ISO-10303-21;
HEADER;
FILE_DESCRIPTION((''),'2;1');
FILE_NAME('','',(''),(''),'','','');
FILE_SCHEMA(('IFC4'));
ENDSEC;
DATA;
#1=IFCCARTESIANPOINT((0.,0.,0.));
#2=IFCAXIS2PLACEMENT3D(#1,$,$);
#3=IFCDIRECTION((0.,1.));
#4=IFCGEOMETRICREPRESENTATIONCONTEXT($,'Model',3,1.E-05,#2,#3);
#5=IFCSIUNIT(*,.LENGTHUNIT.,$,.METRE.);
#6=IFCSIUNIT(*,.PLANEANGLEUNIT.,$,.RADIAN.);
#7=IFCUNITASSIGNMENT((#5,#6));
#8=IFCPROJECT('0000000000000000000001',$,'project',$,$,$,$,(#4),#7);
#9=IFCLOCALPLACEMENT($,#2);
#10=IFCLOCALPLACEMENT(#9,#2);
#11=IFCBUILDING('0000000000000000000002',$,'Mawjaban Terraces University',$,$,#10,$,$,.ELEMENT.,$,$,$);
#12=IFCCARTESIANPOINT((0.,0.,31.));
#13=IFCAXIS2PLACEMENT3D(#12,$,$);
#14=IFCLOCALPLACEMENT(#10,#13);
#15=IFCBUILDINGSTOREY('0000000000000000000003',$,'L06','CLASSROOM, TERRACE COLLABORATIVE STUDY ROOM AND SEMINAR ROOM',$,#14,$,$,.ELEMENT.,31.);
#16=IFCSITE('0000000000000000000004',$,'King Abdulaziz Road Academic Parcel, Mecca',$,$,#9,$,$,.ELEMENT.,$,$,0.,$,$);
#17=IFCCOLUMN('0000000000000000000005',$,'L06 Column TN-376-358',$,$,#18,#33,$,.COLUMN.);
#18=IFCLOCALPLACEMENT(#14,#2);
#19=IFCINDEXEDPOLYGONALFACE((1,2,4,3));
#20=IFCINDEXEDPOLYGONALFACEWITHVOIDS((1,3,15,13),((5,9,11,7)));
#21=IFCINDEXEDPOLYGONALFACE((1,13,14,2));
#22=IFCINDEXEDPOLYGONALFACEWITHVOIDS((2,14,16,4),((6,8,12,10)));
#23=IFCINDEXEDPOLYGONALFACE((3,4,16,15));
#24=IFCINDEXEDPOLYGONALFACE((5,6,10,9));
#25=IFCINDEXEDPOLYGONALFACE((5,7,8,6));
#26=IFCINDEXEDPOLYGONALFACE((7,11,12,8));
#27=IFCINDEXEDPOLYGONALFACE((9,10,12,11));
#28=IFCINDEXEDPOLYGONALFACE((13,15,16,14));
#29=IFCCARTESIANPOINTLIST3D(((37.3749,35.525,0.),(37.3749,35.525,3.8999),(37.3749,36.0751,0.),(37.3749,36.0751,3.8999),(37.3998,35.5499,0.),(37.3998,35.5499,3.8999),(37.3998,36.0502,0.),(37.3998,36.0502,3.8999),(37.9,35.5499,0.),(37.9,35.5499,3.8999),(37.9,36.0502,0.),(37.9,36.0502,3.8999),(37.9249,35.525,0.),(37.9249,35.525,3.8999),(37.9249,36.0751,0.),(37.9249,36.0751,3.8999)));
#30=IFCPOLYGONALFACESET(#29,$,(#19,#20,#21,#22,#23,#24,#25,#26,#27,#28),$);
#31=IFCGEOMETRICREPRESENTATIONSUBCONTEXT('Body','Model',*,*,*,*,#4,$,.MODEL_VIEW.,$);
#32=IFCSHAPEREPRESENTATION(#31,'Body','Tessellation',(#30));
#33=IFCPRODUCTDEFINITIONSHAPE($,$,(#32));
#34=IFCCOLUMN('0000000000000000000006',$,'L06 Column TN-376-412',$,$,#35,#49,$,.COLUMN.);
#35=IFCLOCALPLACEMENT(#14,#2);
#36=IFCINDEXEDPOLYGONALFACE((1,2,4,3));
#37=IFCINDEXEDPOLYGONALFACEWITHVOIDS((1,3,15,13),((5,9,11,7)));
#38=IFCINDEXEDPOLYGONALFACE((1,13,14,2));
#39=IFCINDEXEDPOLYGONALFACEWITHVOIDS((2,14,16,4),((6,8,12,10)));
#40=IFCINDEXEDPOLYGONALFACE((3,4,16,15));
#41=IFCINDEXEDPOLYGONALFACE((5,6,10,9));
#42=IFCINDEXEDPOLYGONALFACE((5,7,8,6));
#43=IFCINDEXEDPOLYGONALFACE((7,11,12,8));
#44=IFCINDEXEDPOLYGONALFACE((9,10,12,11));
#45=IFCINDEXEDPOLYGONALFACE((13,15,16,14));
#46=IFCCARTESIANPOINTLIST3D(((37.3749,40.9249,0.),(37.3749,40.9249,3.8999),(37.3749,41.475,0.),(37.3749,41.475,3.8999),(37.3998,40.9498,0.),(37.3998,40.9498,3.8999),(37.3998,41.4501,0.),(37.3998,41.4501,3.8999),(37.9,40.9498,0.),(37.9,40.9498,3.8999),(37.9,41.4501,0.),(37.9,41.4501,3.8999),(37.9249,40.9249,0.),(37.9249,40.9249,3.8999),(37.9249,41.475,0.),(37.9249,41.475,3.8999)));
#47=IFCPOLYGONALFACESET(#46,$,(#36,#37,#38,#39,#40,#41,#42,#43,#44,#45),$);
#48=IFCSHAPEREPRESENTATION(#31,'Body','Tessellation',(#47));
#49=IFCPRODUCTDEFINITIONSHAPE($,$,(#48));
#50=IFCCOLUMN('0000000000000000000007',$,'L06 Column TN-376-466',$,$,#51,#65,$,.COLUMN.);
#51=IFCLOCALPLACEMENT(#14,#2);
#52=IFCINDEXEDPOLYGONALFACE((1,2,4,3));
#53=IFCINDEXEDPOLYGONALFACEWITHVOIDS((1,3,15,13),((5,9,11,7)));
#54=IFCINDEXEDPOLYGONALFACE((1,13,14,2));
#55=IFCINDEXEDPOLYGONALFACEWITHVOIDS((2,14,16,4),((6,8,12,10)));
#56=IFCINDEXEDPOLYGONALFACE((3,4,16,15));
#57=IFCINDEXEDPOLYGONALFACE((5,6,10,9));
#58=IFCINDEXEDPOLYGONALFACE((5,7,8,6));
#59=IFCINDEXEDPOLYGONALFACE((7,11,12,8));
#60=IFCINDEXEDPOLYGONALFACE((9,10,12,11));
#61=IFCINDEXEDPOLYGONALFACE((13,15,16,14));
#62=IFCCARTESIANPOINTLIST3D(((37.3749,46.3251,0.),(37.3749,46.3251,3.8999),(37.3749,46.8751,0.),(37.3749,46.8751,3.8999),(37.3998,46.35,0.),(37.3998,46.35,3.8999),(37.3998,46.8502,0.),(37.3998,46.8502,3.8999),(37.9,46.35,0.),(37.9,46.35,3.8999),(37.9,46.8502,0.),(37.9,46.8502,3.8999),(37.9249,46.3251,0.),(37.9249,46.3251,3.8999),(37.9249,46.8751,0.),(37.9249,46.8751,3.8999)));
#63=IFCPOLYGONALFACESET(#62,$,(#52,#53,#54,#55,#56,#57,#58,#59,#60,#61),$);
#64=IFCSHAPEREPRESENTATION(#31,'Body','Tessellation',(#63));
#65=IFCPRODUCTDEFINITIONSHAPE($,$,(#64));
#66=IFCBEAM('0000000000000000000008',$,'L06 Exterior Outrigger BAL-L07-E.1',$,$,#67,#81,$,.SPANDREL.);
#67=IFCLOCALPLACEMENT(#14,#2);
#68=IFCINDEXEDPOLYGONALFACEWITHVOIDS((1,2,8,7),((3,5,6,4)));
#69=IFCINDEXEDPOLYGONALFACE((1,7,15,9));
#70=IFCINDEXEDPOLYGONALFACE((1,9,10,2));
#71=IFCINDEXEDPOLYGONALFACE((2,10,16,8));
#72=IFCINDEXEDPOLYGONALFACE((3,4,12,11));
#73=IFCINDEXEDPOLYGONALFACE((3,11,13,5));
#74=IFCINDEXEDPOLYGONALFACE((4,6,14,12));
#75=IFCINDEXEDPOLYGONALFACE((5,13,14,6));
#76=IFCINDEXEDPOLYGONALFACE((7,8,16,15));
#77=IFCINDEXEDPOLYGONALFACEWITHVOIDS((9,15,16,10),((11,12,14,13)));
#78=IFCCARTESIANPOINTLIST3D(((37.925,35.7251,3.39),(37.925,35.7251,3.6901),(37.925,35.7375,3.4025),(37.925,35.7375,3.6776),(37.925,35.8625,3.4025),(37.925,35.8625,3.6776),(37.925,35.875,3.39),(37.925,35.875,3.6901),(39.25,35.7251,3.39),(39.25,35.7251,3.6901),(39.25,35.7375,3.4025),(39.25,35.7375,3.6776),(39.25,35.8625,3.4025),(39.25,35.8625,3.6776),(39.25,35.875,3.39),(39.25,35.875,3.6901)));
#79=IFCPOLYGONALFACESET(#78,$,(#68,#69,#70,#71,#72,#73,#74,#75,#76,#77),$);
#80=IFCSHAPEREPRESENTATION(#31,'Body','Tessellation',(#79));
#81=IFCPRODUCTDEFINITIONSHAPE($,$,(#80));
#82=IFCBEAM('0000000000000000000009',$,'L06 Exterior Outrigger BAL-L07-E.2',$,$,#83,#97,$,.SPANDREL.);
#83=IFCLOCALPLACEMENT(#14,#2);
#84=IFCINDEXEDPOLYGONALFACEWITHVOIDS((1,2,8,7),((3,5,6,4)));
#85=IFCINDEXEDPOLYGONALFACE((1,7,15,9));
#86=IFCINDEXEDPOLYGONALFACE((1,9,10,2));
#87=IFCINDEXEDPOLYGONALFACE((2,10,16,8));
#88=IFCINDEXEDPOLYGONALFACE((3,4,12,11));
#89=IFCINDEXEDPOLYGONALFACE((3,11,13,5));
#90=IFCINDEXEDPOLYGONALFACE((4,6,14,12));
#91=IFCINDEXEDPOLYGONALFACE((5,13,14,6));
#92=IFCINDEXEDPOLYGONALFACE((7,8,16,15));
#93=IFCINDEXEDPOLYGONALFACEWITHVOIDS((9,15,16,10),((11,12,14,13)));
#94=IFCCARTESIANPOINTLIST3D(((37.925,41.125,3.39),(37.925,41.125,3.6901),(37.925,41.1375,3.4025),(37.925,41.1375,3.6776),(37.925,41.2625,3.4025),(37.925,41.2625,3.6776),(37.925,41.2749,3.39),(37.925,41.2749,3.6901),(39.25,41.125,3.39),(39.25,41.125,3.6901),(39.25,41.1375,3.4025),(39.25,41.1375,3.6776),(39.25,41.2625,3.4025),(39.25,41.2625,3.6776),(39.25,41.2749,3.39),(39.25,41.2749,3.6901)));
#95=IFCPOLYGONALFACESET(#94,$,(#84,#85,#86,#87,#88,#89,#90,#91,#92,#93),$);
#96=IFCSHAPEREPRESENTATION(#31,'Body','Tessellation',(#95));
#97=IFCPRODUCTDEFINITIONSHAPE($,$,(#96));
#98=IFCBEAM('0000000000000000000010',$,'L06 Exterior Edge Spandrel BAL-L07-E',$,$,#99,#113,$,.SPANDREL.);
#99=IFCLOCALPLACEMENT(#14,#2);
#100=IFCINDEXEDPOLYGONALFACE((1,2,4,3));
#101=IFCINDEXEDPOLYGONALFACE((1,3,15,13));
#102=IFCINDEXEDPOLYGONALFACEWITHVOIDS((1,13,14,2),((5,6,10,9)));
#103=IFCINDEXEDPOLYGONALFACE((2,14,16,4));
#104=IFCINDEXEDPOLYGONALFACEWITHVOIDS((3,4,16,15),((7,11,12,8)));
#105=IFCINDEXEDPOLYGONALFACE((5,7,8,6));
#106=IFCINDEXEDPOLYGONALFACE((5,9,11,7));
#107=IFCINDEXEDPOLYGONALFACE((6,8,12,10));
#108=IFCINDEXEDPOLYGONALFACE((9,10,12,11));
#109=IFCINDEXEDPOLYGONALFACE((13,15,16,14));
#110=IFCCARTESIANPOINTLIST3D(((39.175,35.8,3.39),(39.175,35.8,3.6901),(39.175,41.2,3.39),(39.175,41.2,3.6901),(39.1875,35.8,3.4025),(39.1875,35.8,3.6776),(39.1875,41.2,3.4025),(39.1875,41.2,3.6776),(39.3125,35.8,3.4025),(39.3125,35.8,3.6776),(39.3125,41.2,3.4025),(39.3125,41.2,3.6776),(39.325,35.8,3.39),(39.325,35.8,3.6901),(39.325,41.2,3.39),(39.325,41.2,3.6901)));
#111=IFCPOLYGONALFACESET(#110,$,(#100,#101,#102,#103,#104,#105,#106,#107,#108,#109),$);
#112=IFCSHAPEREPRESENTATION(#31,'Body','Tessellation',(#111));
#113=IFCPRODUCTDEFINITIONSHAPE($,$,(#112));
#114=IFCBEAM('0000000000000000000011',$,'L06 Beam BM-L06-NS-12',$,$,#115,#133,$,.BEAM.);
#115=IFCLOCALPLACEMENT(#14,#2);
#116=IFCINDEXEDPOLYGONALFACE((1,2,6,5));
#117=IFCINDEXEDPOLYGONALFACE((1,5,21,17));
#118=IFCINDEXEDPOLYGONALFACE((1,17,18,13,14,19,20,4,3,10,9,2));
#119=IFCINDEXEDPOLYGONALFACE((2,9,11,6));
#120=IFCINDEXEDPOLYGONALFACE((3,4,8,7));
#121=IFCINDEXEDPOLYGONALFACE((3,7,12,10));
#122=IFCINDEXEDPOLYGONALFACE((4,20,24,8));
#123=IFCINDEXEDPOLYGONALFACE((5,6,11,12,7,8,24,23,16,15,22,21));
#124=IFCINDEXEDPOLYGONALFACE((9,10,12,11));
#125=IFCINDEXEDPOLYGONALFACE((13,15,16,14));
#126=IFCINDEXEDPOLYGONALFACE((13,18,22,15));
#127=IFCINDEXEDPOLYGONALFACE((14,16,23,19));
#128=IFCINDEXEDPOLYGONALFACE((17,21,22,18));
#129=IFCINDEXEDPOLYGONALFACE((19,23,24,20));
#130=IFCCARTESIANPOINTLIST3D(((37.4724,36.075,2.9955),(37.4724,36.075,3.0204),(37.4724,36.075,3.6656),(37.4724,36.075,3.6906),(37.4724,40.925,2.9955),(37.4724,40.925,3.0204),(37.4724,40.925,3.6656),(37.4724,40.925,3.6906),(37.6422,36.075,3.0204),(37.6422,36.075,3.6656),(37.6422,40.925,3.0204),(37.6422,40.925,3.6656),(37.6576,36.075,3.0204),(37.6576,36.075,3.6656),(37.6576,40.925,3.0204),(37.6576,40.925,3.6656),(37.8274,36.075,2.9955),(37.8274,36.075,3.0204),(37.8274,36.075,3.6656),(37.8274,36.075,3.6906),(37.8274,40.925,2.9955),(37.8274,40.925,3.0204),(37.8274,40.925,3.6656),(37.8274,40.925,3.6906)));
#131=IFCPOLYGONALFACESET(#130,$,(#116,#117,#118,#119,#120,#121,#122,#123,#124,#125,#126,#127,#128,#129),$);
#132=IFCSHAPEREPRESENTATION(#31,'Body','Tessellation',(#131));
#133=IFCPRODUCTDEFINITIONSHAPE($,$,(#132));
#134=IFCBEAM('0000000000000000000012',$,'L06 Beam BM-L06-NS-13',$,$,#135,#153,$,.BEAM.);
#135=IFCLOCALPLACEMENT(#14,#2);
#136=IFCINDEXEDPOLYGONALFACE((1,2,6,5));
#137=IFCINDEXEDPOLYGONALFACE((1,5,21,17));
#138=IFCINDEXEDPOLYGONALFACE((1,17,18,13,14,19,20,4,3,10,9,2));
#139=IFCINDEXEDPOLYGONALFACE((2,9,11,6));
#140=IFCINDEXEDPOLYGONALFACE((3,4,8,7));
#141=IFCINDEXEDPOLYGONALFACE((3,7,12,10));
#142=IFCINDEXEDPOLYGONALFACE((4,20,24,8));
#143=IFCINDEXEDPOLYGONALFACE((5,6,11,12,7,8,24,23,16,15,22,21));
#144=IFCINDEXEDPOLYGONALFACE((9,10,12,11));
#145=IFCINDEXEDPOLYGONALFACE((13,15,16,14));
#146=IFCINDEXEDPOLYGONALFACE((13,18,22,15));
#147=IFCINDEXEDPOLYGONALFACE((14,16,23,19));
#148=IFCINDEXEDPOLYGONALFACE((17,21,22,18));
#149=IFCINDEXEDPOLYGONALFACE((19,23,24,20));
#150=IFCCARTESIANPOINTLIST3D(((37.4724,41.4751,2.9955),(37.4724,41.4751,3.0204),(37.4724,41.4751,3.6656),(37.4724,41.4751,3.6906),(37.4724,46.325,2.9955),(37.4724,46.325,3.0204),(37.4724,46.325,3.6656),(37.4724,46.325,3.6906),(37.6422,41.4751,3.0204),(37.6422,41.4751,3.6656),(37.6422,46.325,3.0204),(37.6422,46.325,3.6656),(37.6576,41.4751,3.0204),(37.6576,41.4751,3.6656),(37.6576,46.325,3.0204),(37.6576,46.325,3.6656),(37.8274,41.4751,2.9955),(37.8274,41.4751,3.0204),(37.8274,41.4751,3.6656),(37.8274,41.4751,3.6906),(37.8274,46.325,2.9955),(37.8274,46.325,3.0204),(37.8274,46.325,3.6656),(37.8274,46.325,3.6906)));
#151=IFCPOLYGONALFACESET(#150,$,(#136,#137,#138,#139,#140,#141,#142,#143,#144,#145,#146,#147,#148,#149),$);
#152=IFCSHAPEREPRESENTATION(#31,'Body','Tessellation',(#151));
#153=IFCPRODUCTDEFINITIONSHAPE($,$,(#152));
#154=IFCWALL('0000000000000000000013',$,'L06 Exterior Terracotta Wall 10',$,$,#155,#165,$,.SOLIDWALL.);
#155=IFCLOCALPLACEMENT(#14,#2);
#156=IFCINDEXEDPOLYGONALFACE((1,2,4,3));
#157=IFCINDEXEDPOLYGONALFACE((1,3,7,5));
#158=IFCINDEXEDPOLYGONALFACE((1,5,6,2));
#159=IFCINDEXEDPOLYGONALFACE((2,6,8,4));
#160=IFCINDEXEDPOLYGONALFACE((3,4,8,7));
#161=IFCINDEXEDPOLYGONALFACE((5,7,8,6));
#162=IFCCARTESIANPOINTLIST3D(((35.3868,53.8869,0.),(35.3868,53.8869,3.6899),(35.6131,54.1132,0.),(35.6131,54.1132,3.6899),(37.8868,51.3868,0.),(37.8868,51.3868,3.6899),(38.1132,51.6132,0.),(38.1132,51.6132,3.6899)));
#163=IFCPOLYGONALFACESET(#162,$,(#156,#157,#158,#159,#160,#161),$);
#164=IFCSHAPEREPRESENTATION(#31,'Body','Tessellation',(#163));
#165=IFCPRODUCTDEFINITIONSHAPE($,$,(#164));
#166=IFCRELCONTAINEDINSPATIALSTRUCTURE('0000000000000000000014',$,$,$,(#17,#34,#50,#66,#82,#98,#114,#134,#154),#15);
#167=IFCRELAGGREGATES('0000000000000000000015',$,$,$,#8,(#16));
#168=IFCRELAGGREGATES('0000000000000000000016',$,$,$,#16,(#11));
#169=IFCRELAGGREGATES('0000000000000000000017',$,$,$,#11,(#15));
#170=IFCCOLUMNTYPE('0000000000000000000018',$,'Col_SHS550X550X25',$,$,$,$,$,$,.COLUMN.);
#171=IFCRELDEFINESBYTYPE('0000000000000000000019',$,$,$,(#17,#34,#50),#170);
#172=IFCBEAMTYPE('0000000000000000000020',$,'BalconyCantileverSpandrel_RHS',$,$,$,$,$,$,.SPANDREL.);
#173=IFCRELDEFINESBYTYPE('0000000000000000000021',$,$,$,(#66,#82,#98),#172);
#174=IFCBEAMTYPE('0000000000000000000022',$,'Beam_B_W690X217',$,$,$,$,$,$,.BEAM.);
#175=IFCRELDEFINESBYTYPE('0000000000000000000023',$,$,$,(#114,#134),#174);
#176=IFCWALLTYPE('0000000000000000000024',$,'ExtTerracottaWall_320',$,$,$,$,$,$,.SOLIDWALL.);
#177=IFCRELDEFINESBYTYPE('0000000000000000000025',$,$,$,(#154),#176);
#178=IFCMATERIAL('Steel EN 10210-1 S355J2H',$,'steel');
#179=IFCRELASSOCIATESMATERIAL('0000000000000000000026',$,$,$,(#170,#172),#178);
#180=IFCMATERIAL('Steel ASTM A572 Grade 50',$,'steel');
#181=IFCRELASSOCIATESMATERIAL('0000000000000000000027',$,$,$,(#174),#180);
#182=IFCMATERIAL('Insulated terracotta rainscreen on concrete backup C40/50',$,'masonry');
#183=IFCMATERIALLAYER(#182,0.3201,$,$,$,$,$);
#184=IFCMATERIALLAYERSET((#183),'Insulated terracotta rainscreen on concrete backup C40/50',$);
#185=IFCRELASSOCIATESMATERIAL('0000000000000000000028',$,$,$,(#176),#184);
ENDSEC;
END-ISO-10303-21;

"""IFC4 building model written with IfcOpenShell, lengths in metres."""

from ifc_helpers import new_model, si_unit, direction, frame, frame_2d, origin, origin_2d, place, context, subcontext, project, spatial, rectangle, hollow_rectangle, i_section, extrude, material, layer, layer_set, material_profile, profile_set, type_object, element, save


model = new_model("IFC4")

# Units and contexts
model_context = context("Model", 3, precision=1e-05, world=origin(), true_north=direction((0.0, 1.0)))
body_context = subcontext(model_context, "Body", "Model", "MODEL_VIEW")
ifc_project = project(units=[si_unit("LENGTHUNIT", "METRE"), si_unit("PLANEANGLEUNIT", "RADIAN")], contexts=[model_context])

# Site, building, storey
site_placement = place(None, origin())
site = spatial("IfcSite", under=ifc_project, at=site_placement, Name="King Abdulaziz Road Academic Parcel, Mecca", CompositionType="ELEMENT", RefElevation=0.0)
building_placement = place(site_placement, origin())
building = spatial("IfcBuilding", under=site, at=building_placement, Name="Mawjaban Terraces University", CompositionType="ELEMENT")
storey_placement = place(building_placement, frame((0.0, 0.0, 31.0)))
storey = spatial("IfcBuildingStorey", under=building, at=storey_placement, Name="L06", Description="CLASSROOM, TERRACE COLLABORATIVE STUDY ROOM AND SEMINAR ROOM", CompositionType="ELEMENT", Elevation=31.0)

# Columns
ifc_material_1 = material(Name="Steel EN 10210-1 S355J2H", Category="steel")
ifc_material_profile_1 = material_profile(ifc_material_1, hollow_rectangle(XDim=0.55, YDim=0.55, WallThickness=0.0249, at=origin_2d()), Name="SHS550X550X25")
ifc_profile_set_1 = profile_set([ifc_material_profile_1], Name="Steel EN 10210-1 S355J2H")
column_type = type_object("IfcColumnType", Name="Col_SHS550X550X25", PredefinedType="COLUMN", material=ifc_profile_set_1)
for number, where, z_axis, x_axis, name in (
    (1, (37.6499, 35.8, 0.0), (0.0, 0.0, 1.0), (1.0, 0.0, 0.0), "L06 Column TN-376-358"),
    (2, (37.6499, 41.2, 0.0), (0.0, 0.0, 1.0), (1.0, 0.0, 0.0), "L06 Column TN-376-412"),
    (3, (37.6499, 46.6001, 0.0), (0.0, 0.0, 1.0), (1.0, 0.0, 0.0), "L06 Column TN-376-466"),
):
    element("IfcColumn", number, at=place(storey_placement, frame(where, z_axis=z_axis, x_axis=x_axis)), inside=storey, type_object=column_type, Name=name, PredefinedType="COLUMN", context=body_context, shape_type="SweptSolid", body=[
        extrude(hollow_rectangle(XDim=0.55, YDim=0.55, WallThickness=0.0249, at=origin_2d()), origin(), (0.0, 0.0, 1.0), 3.8999),
    ])

# Beams
ifc_material_profile_2 = material_profile(ifc_material_1, hollow_rectangle(XDim=0.1499, YDim=0.3, WallThickness=0.0125, at=origin_2d()), Name="RHS300X150X12.5")
ifc_profile_set_2 = profile_set([ifc_material_profile_2], Name="Steel EN 10210-1 S355J2H")
beam_type_1 = type_object("IfcBeamType", Name="BalconyCantileverSpandrel_RHS", PredefinedType="SPANDREL", material=ifc_profile_set_2)
for number, where, z_axis, x_axis, name in (
    (4, (37.925, 35.8, 3.54), (1.0, 0.0, 0.0), (0.0, 1.0, 0.0), "L06 Exterior Outrigger BAL-L07-E.1"),
    (5, (37.925, 41.2, 3.54), (1.0, 0.0, 0.0), (0.0, 1.0, 0.0), "L06 Exterior Outrigger BAL-L07-E.2"),
):
    element("IfcBeam", number, at=place(storey_placement, frame(where, z_axis=z_axis, x_axis=x_axis)), inside=storey, type_object=beam_type_1, Name=name, PredefinedType="SPANDREL", context=body_context, shape_type="SweptSolid", body=[
        extrude(hollow_rectangle(XDim=0.1499, YDim=0.3, WallThickness=0.0125, at=origin_2d()), origin(), (0.0, 0.0, 1.0), 1.325),
    ])
beam_1_placement = place(storey_placement, frame((39.25, 35.8, 3.54), z_axis=(0.0, 1.0, 0.0), x_axis=(-1.0, 0.0, 0.0)))
element("IfcBeam", 6, at=beam_1_placement, inside=storey, type_object=beam_type_1, Name="L06 Exterior Edge Spandrel BAL-L07-E", PredefinedType="SPANDREL", context=body_context, shape_type="SweptSolid", body=[
    extrude(hollow_rectangle(XDim=0.1499, YDim=0.3, WallThickness=0.0125, at=origin_2d()), origin(), (0.0, 0.0, 1.0), 5.3999),
])
ifc_material_2 = material(Name="Steel ASTM A572 Grade 50", Category="steel")
ifc_material_profile_3 = material_profile(ifc_material_2, i_section(OverallWidth=0.355, OverallDepth=0.6951, WebThickness=0.0154, FlangeThickness=0.0249, at=origin_2d()), Name="W690X217")
ifc_profile_set_3 = profile_set([ifc_material_profile_3], Name="Steel ASTM A572 Grade 50")
beam_type_2 = type_object("IfcBeamType", Name="Beam_B_W690X217", PredefinedType="BEAM", material=ifc_profile_set_3)
beam_2_placement = place(storey_placement, frame((37.6499, 36.075, 3.343), z_axis=(0.0, 1.0, 0.0), x_axis=(-1.0, 0.0, 0.0)))
element("IfcBeam", 7, at=beam_2_placement, inside=storey, type_object=beam_type_2, Name="L06 Beam BM-L06-NS-12", PredefinedType="BEAM", context=body_context, shape_type="SweptSolid", body=[
    extrude(i_section(OverallWidth=0.355, OverallDepth=0.6951, WebThickness=0.0154, FlangeThickness=0.0249, at=origin_2d()), origin(), (0.0, 0.0, 1.0), 4.8501),
])
beam_3_placement = place(storey_placement, frame((37.6499, 41.4751, 3.343), z_axis=(0.0, 1.0, 0.0), x_axis=(-1.0, 0.0, 0.0)))
element("IfcBeam", 8, at=beam_3_placement, inside=storey, type_object=beam_type_2, Name="L06 Beam BM-L06-NS-13", PredefinedType="BEAM", context=body_context, shape_type="SweptSolid", body=[
    extrude(i_section(OverallWidth=0.355, OverallDepth=0.6951, WebThickness=0.0154, FlangeThickness=0.0249, at=origin_2d()), origin(), (0.0, 0.0, 1.0), 4.8499),
])

# Wall
ifc_material_3 = material(Name="Insulated terracotta rainscreen on concrete backup C40/50", Category="masonry")
ifc_layer_1 = layer(ifc_material_3, 0.3201)
ifc_layer_set_1 = layer_set([ifc_layer_1], Name="Insulated terracotta rainscreen on concrete backup C40/50")
wall_type_1 = type_object("IfcWallType", Name="ExtTerracottaWall_320", PredefinedType="SOLIDWALL", material=ifc_layer_set_1)
wall_1_placement = place(storey_placement, frame((38.0, 51.5, 0.0), z_axis=(0.0, 0.0, 1.0), x_axis=(-0.707107, 0.707107, 0.0)))
element("IfcWall", 9, at=wall_1_placement, inside=storey, type_object=wall_type_1, Name="L06 Exterior Terracotta Wall 10", PredefinedType="SOLIDWALL", context=body_context, shape_type="SweptSolid", body=[
    extrude(rectangle(XDim=3.5356, YDim=0.3201, at=frame_2d((1.7678, 0.0))), origin(), (0.0, 0.0, 1.0), 3.6899),
])

save(model, "model.ifc")
